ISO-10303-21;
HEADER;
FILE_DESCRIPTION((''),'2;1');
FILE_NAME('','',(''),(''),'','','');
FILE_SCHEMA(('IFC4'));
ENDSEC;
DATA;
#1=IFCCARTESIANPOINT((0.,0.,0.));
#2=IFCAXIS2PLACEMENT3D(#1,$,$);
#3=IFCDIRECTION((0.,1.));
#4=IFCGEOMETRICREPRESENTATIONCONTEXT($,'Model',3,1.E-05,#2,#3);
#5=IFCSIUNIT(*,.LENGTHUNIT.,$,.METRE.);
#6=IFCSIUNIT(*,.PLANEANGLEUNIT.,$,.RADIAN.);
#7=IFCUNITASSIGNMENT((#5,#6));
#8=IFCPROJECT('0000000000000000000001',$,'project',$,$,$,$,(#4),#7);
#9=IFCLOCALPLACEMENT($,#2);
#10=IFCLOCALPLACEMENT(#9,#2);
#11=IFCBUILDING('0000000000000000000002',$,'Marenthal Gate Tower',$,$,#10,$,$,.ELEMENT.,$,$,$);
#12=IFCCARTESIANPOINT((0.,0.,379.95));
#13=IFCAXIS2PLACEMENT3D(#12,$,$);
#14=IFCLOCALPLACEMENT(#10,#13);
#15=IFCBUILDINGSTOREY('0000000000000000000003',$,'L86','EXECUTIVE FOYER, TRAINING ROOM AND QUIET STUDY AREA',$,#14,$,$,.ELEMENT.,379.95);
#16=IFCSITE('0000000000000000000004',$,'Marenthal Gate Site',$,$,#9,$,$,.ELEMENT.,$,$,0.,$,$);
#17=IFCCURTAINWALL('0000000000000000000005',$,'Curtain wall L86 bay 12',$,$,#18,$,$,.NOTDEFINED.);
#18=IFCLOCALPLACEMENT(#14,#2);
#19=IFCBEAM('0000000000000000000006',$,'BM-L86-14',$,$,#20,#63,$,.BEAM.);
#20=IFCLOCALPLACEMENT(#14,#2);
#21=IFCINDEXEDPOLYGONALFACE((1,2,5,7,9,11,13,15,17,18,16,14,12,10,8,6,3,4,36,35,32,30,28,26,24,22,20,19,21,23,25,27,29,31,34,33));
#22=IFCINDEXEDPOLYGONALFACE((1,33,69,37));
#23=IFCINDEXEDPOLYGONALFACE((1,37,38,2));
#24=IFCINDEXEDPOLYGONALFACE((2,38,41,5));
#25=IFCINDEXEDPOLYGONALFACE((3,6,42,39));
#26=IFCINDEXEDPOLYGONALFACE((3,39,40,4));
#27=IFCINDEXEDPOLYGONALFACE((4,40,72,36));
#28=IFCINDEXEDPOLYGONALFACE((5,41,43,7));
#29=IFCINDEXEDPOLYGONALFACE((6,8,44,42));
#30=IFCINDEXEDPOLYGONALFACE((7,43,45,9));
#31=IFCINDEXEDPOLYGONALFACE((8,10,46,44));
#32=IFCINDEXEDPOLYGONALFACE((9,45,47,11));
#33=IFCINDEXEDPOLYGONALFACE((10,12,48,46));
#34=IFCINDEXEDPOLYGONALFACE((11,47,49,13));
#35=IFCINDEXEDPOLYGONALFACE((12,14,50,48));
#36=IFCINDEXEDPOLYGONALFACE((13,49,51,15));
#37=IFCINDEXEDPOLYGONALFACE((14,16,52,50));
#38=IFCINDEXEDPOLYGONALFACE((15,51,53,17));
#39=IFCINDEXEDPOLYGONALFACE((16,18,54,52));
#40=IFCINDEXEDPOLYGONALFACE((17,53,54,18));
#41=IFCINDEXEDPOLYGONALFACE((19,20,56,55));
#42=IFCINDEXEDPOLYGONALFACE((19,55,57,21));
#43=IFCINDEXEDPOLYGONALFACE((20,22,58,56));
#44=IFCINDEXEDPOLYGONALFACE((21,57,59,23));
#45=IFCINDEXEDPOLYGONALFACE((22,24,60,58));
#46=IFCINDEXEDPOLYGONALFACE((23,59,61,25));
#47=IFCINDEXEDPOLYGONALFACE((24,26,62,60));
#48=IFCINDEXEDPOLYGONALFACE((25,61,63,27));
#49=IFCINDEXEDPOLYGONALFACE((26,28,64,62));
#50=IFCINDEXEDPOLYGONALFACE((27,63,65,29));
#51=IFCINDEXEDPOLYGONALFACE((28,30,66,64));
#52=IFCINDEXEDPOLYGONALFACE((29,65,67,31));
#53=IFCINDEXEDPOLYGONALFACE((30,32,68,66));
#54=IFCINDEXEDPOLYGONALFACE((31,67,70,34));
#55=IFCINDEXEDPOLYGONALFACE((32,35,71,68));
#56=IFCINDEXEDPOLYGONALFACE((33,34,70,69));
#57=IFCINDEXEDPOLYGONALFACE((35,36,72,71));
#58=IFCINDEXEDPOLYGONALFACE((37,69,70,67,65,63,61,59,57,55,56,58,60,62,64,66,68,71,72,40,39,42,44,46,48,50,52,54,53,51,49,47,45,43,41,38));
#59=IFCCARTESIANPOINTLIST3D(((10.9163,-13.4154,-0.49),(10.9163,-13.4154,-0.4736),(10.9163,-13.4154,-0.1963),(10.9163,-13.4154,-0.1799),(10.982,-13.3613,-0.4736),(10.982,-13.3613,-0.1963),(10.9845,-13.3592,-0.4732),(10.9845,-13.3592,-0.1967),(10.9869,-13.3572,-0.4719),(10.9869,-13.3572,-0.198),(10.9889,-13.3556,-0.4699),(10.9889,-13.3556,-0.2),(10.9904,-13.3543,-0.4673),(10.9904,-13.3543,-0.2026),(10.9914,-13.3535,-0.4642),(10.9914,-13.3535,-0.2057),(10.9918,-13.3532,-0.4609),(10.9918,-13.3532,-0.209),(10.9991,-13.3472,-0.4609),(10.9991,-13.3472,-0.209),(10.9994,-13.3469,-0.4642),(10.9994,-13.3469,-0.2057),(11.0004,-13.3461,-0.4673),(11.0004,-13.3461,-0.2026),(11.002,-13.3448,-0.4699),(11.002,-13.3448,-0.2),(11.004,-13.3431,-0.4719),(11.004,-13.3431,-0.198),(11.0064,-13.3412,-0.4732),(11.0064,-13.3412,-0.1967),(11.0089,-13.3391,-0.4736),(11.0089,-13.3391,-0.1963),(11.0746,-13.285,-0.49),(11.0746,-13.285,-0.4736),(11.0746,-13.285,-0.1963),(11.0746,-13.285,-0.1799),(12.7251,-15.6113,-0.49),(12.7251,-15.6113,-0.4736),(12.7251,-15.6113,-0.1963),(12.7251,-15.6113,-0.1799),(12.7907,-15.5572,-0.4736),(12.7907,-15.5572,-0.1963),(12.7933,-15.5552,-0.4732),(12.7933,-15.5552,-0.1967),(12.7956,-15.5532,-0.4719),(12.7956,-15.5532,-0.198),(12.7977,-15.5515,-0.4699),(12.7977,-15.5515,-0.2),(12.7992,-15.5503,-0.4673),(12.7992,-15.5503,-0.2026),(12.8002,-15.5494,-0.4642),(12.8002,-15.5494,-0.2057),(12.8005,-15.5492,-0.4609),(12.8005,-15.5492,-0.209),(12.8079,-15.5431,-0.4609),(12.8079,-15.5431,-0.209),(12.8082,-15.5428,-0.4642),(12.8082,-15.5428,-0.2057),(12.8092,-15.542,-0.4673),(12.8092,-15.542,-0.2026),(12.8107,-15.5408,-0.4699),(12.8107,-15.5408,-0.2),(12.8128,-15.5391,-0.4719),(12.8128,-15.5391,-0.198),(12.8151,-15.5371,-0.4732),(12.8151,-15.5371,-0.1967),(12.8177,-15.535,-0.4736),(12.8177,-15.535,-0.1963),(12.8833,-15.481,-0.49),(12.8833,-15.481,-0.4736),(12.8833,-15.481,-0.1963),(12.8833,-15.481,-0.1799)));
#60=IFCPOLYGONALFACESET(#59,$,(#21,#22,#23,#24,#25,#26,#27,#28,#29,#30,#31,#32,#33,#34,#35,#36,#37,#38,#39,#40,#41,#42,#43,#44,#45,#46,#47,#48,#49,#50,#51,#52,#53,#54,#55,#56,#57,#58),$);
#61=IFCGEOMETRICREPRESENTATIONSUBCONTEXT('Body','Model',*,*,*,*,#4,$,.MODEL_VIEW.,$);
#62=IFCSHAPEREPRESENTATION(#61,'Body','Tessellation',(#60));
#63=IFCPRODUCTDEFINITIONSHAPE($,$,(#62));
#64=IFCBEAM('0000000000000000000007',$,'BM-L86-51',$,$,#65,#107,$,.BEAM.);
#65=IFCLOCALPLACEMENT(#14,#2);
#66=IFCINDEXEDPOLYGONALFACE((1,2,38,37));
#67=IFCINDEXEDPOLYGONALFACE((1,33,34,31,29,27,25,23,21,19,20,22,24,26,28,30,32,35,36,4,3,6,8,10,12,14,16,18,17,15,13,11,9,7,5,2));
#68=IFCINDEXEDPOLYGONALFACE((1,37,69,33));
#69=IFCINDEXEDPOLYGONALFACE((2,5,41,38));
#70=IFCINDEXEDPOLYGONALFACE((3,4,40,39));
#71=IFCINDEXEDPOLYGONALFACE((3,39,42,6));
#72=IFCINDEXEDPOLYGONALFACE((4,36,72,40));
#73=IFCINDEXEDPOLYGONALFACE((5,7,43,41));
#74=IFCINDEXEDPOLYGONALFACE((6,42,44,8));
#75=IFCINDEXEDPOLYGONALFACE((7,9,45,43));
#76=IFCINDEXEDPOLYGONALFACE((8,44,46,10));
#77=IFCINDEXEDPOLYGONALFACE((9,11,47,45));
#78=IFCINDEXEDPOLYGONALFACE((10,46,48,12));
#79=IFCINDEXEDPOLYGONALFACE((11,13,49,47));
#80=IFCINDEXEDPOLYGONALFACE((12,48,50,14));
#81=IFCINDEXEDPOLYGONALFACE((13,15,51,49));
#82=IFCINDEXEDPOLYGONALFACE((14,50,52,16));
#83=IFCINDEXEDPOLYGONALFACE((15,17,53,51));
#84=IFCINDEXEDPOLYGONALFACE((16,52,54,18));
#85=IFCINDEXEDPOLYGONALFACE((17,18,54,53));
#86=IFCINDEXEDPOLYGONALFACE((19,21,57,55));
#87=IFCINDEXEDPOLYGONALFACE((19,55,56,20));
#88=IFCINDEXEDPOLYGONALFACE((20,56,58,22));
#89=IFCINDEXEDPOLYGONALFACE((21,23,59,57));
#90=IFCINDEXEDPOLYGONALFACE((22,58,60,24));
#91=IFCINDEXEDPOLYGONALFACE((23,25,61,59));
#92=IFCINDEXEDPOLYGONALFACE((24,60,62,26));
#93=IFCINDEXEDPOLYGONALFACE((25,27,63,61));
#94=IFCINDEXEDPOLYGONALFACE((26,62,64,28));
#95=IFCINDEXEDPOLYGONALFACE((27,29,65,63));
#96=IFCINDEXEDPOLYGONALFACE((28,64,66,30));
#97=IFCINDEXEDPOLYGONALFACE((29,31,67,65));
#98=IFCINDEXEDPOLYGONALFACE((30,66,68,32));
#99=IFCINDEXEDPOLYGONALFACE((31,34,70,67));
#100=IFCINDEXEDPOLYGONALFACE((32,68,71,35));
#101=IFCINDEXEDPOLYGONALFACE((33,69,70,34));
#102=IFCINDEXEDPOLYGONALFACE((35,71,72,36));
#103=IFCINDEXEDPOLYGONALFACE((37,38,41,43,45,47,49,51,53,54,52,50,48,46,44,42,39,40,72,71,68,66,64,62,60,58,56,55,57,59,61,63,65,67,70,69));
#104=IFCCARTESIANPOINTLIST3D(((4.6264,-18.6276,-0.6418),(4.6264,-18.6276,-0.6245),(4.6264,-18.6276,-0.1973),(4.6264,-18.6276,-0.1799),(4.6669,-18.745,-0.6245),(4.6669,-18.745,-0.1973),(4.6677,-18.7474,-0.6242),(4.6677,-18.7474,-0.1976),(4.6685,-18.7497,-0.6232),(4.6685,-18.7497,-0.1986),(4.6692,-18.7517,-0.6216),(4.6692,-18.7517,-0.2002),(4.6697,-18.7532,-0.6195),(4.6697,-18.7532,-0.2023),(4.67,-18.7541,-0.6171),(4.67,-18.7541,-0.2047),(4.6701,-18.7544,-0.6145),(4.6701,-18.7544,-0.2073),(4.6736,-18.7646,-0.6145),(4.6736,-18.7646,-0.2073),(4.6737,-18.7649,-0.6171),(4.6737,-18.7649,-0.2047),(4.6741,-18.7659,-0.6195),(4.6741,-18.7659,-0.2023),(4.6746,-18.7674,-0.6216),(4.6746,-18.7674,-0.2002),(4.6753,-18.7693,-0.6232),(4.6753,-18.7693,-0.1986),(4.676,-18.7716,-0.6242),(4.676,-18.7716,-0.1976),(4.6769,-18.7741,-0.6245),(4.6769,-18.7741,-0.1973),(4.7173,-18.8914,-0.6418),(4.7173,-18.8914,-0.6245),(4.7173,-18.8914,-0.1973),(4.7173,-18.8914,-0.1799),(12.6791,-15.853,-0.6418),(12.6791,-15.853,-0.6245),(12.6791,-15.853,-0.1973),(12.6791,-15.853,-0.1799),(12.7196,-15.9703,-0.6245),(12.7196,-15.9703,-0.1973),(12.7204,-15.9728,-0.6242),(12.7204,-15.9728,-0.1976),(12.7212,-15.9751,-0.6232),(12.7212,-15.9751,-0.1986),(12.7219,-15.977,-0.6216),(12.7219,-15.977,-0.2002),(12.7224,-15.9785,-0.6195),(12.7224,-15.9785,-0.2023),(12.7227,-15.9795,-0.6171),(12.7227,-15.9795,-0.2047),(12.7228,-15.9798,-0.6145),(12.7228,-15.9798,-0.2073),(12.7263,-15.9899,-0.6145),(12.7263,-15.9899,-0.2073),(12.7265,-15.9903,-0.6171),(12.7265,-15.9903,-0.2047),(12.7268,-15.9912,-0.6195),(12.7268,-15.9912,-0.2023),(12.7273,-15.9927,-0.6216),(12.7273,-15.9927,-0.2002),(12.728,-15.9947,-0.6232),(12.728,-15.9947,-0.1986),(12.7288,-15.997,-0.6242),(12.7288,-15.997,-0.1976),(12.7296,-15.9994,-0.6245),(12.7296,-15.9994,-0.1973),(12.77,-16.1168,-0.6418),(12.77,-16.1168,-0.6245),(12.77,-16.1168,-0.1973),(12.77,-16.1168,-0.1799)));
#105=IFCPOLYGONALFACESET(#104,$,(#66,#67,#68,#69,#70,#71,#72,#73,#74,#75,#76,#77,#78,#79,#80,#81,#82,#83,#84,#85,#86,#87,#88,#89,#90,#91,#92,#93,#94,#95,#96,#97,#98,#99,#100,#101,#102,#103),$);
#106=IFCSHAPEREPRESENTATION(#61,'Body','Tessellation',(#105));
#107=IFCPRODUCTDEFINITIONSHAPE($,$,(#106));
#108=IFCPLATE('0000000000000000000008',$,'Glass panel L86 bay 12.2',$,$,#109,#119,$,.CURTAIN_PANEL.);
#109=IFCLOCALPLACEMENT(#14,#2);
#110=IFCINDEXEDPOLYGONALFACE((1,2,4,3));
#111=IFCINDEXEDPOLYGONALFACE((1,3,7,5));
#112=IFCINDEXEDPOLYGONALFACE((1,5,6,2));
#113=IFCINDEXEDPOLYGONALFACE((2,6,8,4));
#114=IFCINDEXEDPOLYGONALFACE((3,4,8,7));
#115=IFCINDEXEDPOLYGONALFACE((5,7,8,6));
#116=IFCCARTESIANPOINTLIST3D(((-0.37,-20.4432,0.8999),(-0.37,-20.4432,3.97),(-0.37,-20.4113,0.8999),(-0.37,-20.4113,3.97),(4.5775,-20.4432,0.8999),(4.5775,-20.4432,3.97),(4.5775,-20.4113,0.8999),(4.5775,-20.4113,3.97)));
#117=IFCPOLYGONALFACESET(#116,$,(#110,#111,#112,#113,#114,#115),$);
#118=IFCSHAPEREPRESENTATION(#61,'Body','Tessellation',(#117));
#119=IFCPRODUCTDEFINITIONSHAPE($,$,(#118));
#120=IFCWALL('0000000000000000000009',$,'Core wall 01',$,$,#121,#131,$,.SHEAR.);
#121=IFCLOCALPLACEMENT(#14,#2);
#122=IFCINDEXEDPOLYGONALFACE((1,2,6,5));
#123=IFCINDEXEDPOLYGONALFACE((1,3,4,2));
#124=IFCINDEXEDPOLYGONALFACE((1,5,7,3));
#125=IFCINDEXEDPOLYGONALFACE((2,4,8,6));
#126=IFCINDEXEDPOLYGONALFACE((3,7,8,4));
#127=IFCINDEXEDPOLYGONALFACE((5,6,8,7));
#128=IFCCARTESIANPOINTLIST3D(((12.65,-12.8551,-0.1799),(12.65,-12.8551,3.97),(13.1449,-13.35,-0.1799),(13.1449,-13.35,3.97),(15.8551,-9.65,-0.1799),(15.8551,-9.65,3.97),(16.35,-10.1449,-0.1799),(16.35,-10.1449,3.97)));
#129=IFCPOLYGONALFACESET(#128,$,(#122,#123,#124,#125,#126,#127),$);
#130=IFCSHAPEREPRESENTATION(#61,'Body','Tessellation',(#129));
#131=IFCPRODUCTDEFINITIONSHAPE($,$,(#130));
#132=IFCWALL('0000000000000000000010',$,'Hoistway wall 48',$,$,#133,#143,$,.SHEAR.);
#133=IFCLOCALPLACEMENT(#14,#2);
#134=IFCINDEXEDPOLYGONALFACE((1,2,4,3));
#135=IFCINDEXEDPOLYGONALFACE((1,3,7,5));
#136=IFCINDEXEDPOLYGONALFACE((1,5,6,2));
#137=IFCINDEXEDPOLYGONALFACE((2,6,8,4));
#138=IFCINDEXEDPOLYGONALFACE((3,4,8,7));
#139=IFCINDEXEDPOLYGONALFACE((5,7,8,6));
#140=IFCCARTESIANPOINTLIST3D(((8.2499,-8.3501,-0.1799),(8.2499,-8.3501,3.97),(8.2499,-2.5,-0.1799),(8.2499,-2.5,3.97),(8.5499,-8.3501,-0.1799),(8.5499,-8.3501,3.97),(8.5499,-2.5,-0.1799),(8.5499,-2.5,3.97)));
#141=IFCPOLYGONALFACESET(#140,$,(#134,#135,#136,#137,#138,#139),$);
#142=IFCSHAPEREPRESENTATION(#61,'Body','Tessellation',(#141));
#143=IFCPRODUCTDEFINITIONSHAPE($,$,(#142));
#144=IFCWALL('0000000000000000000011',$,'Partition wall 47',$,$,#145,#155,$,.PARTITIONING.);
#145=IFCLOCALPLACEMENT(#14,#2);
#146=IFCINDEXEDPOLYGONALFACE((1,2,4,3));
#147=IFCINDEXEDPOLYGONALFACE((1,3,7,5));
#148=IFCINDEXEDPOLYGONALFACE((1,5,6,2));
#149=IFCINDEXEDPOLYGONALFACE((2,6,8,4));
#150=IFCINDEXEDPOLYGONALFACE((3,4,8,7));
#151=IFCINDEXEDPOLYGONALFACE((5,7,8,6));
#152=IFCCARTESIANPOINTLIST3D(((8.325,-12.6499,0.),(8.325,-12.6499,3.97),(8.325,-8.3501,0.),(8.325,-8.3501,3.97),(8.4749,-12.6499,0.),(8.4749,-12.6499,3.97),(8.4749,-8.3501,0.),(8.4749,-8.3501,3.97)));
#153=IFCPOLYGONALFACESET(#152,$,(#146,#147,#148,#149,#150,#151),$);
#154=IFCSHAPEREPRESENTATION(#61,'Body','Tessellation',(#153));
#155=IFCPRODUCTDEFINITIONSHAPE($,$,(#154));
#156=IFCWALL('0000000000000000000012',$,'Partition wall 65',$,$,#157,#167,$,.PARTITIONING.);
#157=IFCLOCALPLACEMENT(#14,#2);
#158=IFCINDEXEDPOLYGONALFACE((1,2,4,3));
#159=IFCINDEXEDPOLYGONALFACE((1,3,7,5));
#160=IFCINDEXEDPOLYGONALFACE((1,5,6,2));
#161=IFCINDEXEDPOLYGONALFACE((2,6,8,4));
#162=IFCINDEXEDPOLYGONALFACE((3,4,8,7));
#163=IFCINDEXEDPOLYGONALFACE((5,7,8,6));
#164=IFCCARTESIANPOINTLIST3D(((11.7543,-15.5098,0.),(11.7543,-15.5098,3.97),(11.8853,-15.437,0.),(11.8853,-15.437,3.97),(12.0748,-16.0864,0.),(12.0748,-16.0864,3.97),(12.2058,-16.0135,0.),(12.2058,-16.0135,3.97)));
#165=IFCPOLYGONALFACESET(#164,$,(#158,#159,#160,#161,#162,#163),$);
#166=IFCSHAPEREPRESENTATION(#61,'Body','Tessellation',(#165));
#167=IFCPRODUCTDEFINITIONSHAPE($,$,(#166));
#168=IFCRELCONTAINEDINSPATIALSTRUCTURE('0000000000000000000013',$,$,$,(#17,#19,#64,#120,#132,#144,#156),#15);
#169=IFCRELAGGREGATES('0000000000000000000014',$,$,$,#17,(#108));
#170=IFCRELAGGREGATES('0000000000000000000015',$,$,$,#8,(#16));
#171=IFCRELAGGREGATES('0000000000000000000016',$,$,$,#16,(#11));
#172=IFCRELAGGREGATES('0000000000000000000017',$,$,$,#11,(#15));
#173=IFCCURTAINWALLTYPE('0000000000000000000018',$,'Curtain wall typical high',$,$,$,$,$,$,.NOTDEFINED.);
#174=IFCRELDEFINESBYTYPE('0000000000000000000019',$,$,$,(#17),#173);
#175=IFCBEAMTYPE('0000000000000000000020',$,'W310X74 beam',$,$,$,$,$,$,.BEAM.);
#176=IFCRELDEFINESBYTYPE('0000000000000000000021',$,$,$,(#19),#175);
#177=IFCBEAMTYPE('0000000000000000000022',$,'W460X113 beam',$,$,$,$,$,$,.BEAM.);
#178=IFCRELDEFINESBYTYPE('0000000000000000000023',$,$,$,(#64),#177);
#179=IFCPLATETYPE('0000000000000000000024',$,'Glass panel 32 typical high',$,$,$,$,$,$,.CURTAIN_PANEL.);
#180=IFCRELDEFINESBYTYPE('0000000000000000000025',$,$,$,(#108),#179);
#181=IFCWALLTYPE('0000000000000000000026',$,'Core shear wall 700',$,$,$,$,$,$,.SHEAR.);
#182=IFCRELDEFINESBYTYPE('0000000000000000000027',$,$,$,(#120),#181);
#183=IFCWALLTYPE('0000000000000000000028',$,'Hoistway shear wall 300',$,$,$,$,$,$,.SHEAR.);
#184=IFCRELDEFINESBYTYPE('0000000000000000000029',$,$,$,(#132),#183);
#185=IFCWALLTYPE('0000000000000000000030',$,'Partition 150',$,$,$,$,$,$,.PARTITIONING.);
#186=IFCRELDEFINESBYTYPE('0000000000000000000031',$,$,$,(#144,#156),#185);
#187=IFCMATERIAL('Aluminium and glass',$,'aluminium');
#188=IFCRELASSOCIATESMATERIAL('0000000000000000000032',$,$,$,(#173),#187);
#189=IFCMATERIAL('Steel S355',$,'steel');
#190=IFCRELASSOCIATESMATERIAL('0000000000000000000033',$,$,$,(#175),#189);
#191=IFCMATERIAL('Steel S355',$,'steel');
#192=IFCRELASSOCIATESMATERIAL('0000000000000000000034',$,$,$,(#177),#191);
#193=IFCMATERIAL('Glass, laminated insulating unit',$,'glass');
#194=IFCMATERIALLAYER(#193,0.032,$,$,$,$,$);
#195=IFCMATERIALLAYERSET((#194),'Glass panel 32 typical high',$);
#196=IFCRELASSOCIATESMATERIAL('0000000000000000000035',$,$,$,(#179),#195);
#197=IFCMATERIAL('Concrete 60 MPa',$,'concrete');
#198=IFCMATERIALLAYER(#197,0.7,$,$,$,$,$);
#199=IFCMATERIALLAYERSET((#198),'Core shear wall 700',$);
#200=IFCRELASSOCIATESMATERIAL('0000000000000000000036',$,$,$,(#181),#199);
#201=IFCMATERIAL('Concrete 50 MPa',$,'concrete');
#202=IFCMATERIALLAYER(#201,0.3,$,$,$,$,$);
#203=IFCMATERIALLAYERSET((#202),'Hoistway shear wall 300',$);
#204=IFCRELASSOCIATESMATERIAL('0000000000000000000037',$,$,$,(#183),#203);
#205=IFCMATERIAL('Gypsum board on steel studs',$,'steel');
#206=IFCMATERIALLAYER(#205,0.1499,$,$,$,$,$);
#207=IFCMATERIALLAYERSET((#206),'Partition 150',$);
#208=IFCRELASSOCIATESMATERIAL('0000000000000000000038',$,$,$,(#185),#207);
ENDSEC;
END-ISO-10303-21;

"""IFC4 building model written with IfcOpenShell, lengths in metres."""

from ifc_helpers import new_model, si_unit, direction, frame, frame_2d, origin, origin_2d, place, context, subcontext, project, spatial, rectangle, i_section, extrude, material, layer, layer_set, material_profile, profile_set, type_object, element, aggregate, save


model = new_model("IFC4")

# Units and contexts
model_context = context("Model", 3, precision=1e-05, world=origin(), true_north=direction((0.0, 1.0)))
body_context = subcontext(model_context, "Body", "Model", "MODEL_VIEW")
ifc_project = project(units=[si_unit("LENGTHUNIT", "METRE"), si_unit("PLANEANGLEUNIT", "RADIAN")], contexts=[model_context])

# Site, building, storey
site_placement = place(None, origin())
site = spatial("IfcSite", under=ifc_project, at=site_placement, Name="Marenthal Gate Site", CompositionType="ELEMENT", RefElevation=0.0)
building_placement = place(site_placement, origin())
building = spatial("IfcBuilding", under=site, at=building_placement, Name="Marenthal Gate Tower", CompositionType="ELEMENT")
storey_placement = place(building_placement, frame((0.0, 0.0, 379.95)))
storey = spatial("IfcBuildingStorey", under=building, at=storey_placement, Name="L86", Description="EXECUTIVE FOYER, TRAINING ROOM AND QUIET STUDY AREA", CompositionType="ELEMENT", Elevation=379.95)

# Curtain wall
ifc_material_1 = material(Name="Aluminium and glass", Category="aluminium")
curtain_wall_type = type_object("IfcCurtainWallType", Name="Curtain wall typical high", PredefinedType="NOTDEFINED", material=ifc_material_1)
curtain_wall_placement = place(storey_placement, origin())
curtain_wall = element("IfcCurtainWall", 1, at=curtain_wall_placement, inside=storey, type_object=curtain_wall_type, Name="Curtain wall L86 bay 12", PredefinedType="NOTDEFINED")

# Beams
ifc_material_2 = material(Name="Steel S355", Category="steel")
ifc_material_profile_1 = material_profile(ifc_material_2, i_section(OverallWidth=0.2051, OverallDepth=0.3101, WebThickness=0.0095, FlangeThickness=0.0164, FilletRadius=0.0127, at=origin_2d()), Name="W310X74")
ifc_profile_set_1 = profile_set([ifc_material_profile_1], Name="Steel S355")
beam_type_1 = type_object("IfcBeamType", Name="W310X74 beam", PredefinedType="BEAM", material=ifc_profile_set_1)
beam_1_placement = place(storey_placement, frame((12.8042, -15.5461, -0.335), z_axis=(-0.635776, 0.771873, 0.0), x_axis=(-0.771873, -0.635776, 0.0)))
element("IfcBeam", 2, at=beam_1_placement, inside=storey, type_object=beam_type_1, Name="BM-L86-14", PredefinedType="BEAM", context=body_context, shape_type="SweptSolid", body=[
    extrude(i_section(OverallWidth=0.2051, OverallDepth=0.3101, WebThickness=0.0095, FlangeThickness=0.0164, FilletRadius=0.0127, at=origin_2d()), origin(), (0.0, 0.0, 1.0), 2.845),
])
ifc_material_3 = material(Name="Steel S355", Category="steel")
ifc_material_profile_2 = material_profile(ifc_material_3, i_section(OverallWidth=0.2791, OverallDepth=0.4619, WebThickness=0.0107, FlangeThickness=0.0173, FilletRadius=0.01, at=origin_2d()), Name="W460X113")
ifc_profile_set_2 = profile_set([ifc_material_profile_2], Name="Steel S355")
beam_type_2 = type_object("IfcBeamType", Name="W460X113 beam", PredefinedType="BEAM", material=ifc_profile_set_2)
beam_2_placement = place(storey_placement, frame((4.6719, -18.7595, -0.4109), z_axis=(0.945451, 0.325765, 0.0), x_axis=(-0.325765, 0.945451, 0.0)))
element("IfcBeam", 3, at=beam_2_placement, inside=storey, type_object=beam_type_2, Name="BM-L86-51", PredefinedType="BEAM", context=body_context, shape_type="SweptSolid", body=[
    extrude(i_section(OverallWidth=0.2791, OverallDepth=0.4619, WebThickness=0.0107, FlangeThickness=0.0173, FilletRadius=0.01, at=origin_2d()), origin(), (0.0, 0.0, 1.0), 8.5173),
])

# Plate
ifc_material_4 = material(Name="Glass, laminated insulating unit", Category="glass")
ifc_layer_1 = layer(ifc_material_4, 0.032)
ifc_layer_set_1 = layer_set([ifc_layer_1], Name="Glass panel 32 typical high")
plate_type = type_object("IfcPlateType", Name="Glass panel 32 typical high", PredefinedType="CURTAIN_PANEL", material=ifc_layer_set_1)
plate_placement = place(storey_placement, frame((2.1038, -20.4272, 0.8999), z_axis=(0.0, 0.0, 1.0), x_axis=(1.0, 0.0, 0.0)))
plate = element("IfcPlate", 4, at=plate_placement, type_object=plate_type, Name="Glass panel L86 bay 12.2", PredefinedType="CURTAIN_PANEL", context=body_context, shape_type="SweptSolid", body=[
    extrude(rectangle(XDim=4.9475, YDim=0.032, at=origin_2d()), origin(), (0.0, 0.0, 1.0), 3.0701),
])
aggregate(curtain_wall, [plate])

# Walls
ifc_material_5 = material(Name="Concrete 60 MPa", Category="concrete")
ifc_layer_2 = layer(ifc_material_5, 0.7)
ifc_layer_set_2 = layer_set([ifc_layer_2], Name="Core shear wall 700")
wall_type_1 = type_object("IfcWallType", Name="Core shear wall 700", PredefinedType="SHEAR", material=ifc_layer_set_2)
wall_1_placement = place(storey_placement, frame((12.8975, -13.1025, -0.1799), z_axis=(0.0, 0.0, 1.0), x_axis=(0.707107, 0.707107, 0.0)))
element("IfcWall", 5, at=wall_1_placement, inside=storey, type_object=wall_type_1, Name="Core wall 01", PredefinedType="SHEAR", context=body_context, shape_type="SweptSolid", body=[
    extrude(rectangle(XDim=4.5327, YDim=0.7, at=frame_2d((2.2664, 0.0))), origin(), (0.0, 0.0, 1.0), 4.1499),
])
ifc_material_6 = material(Name="Concrete 50 MPa", Category="concrete")
ifc_layer_3 = layer(ifc_material_6, 0.3)
ifc_layer_set_3 = layer_set([ifc_layer_3], Name="Hoistway shear wall 300")
wall_type_2 = type_object("IfcWallType", Name="Hoistway shear wall 300", PredefinedType="SHEAR", material=ifc_layer_set_3)
wall_2_placement = place(storey_placement, frame((8.3999, -8.3501, -0.1799), z_axis=(0.0, 0.0, 1.0), x_axis=(0.0, 1.0, 0.0)))
element("IfcWall", 6, at=wall_2_placement, inside=storey, type_object=wall_type_2, Name="Hoistway wall 48", PredefinedType="SHEAR", context=body_context, shape_type="SweptSolid", body=[
    extrude(rectangle(XDim=5.8501, YDim=0.3, at=frame_2d((2.925, 0.0))), origin(), (0.0, 0.0, 1.0), 4.1499),
])
ifc_material_7 = material(Name="Gypsum board on steel studs", Category="steel")
ifc_layer_4 = layer(ifc_material_7, 0.1499)
ifc_layer_set_4 = layer_set([ifc_layer_4], Name="Partition 150")
wall_type_3 = type_object("IfcWallType", Name="Partition 150", PredefinedType="PARTITIONING", material=ifc_layer_set_4)
wall_3_placement = place(storey_placement, frame((8.3999, -12.6499, 0.0), z_axis=(0.0, 0.0, 1.0), x_axis=(0.0, 1.0, 0.0)))
element("IfcWall", 7, at=wall_3_placement, inside=storey, type_object=wall_type_3, Name="Partition wall 47", PredefinedType="PARTITIONING", context=body_context, shape_type="SweptSolid", body=[
    extrude(rectangle(XDim=4.2998, YDim=0.1499, at=frame_2d((2.1499, 0.0))), origin(), (0.0, 0.0, 1.0), 3.97),
])
wall_4_placement = place(storey_placement, frame((11.8198, -15.4734, 0.0), z_axis=(0.0, 0.0, 1.0), x_axis=(0.485863, -0.874035, 0.0)))
element("IfcWall", 8, at=wall_4_placement, inside=storey, type_object=wall_type_3, Name="Partition wall 65", PredefinedType="PARTITIONING", context=body_context, shape_type="SweptSolid", body=[
    extrude(rectangle(XDim=0.6597, YDim=0.1499, at=frame_2d((0.3298, 0.0))), origin(), (0.0, 0.0, 1.0), 3.97),
])

save(model, "model.ifc")
